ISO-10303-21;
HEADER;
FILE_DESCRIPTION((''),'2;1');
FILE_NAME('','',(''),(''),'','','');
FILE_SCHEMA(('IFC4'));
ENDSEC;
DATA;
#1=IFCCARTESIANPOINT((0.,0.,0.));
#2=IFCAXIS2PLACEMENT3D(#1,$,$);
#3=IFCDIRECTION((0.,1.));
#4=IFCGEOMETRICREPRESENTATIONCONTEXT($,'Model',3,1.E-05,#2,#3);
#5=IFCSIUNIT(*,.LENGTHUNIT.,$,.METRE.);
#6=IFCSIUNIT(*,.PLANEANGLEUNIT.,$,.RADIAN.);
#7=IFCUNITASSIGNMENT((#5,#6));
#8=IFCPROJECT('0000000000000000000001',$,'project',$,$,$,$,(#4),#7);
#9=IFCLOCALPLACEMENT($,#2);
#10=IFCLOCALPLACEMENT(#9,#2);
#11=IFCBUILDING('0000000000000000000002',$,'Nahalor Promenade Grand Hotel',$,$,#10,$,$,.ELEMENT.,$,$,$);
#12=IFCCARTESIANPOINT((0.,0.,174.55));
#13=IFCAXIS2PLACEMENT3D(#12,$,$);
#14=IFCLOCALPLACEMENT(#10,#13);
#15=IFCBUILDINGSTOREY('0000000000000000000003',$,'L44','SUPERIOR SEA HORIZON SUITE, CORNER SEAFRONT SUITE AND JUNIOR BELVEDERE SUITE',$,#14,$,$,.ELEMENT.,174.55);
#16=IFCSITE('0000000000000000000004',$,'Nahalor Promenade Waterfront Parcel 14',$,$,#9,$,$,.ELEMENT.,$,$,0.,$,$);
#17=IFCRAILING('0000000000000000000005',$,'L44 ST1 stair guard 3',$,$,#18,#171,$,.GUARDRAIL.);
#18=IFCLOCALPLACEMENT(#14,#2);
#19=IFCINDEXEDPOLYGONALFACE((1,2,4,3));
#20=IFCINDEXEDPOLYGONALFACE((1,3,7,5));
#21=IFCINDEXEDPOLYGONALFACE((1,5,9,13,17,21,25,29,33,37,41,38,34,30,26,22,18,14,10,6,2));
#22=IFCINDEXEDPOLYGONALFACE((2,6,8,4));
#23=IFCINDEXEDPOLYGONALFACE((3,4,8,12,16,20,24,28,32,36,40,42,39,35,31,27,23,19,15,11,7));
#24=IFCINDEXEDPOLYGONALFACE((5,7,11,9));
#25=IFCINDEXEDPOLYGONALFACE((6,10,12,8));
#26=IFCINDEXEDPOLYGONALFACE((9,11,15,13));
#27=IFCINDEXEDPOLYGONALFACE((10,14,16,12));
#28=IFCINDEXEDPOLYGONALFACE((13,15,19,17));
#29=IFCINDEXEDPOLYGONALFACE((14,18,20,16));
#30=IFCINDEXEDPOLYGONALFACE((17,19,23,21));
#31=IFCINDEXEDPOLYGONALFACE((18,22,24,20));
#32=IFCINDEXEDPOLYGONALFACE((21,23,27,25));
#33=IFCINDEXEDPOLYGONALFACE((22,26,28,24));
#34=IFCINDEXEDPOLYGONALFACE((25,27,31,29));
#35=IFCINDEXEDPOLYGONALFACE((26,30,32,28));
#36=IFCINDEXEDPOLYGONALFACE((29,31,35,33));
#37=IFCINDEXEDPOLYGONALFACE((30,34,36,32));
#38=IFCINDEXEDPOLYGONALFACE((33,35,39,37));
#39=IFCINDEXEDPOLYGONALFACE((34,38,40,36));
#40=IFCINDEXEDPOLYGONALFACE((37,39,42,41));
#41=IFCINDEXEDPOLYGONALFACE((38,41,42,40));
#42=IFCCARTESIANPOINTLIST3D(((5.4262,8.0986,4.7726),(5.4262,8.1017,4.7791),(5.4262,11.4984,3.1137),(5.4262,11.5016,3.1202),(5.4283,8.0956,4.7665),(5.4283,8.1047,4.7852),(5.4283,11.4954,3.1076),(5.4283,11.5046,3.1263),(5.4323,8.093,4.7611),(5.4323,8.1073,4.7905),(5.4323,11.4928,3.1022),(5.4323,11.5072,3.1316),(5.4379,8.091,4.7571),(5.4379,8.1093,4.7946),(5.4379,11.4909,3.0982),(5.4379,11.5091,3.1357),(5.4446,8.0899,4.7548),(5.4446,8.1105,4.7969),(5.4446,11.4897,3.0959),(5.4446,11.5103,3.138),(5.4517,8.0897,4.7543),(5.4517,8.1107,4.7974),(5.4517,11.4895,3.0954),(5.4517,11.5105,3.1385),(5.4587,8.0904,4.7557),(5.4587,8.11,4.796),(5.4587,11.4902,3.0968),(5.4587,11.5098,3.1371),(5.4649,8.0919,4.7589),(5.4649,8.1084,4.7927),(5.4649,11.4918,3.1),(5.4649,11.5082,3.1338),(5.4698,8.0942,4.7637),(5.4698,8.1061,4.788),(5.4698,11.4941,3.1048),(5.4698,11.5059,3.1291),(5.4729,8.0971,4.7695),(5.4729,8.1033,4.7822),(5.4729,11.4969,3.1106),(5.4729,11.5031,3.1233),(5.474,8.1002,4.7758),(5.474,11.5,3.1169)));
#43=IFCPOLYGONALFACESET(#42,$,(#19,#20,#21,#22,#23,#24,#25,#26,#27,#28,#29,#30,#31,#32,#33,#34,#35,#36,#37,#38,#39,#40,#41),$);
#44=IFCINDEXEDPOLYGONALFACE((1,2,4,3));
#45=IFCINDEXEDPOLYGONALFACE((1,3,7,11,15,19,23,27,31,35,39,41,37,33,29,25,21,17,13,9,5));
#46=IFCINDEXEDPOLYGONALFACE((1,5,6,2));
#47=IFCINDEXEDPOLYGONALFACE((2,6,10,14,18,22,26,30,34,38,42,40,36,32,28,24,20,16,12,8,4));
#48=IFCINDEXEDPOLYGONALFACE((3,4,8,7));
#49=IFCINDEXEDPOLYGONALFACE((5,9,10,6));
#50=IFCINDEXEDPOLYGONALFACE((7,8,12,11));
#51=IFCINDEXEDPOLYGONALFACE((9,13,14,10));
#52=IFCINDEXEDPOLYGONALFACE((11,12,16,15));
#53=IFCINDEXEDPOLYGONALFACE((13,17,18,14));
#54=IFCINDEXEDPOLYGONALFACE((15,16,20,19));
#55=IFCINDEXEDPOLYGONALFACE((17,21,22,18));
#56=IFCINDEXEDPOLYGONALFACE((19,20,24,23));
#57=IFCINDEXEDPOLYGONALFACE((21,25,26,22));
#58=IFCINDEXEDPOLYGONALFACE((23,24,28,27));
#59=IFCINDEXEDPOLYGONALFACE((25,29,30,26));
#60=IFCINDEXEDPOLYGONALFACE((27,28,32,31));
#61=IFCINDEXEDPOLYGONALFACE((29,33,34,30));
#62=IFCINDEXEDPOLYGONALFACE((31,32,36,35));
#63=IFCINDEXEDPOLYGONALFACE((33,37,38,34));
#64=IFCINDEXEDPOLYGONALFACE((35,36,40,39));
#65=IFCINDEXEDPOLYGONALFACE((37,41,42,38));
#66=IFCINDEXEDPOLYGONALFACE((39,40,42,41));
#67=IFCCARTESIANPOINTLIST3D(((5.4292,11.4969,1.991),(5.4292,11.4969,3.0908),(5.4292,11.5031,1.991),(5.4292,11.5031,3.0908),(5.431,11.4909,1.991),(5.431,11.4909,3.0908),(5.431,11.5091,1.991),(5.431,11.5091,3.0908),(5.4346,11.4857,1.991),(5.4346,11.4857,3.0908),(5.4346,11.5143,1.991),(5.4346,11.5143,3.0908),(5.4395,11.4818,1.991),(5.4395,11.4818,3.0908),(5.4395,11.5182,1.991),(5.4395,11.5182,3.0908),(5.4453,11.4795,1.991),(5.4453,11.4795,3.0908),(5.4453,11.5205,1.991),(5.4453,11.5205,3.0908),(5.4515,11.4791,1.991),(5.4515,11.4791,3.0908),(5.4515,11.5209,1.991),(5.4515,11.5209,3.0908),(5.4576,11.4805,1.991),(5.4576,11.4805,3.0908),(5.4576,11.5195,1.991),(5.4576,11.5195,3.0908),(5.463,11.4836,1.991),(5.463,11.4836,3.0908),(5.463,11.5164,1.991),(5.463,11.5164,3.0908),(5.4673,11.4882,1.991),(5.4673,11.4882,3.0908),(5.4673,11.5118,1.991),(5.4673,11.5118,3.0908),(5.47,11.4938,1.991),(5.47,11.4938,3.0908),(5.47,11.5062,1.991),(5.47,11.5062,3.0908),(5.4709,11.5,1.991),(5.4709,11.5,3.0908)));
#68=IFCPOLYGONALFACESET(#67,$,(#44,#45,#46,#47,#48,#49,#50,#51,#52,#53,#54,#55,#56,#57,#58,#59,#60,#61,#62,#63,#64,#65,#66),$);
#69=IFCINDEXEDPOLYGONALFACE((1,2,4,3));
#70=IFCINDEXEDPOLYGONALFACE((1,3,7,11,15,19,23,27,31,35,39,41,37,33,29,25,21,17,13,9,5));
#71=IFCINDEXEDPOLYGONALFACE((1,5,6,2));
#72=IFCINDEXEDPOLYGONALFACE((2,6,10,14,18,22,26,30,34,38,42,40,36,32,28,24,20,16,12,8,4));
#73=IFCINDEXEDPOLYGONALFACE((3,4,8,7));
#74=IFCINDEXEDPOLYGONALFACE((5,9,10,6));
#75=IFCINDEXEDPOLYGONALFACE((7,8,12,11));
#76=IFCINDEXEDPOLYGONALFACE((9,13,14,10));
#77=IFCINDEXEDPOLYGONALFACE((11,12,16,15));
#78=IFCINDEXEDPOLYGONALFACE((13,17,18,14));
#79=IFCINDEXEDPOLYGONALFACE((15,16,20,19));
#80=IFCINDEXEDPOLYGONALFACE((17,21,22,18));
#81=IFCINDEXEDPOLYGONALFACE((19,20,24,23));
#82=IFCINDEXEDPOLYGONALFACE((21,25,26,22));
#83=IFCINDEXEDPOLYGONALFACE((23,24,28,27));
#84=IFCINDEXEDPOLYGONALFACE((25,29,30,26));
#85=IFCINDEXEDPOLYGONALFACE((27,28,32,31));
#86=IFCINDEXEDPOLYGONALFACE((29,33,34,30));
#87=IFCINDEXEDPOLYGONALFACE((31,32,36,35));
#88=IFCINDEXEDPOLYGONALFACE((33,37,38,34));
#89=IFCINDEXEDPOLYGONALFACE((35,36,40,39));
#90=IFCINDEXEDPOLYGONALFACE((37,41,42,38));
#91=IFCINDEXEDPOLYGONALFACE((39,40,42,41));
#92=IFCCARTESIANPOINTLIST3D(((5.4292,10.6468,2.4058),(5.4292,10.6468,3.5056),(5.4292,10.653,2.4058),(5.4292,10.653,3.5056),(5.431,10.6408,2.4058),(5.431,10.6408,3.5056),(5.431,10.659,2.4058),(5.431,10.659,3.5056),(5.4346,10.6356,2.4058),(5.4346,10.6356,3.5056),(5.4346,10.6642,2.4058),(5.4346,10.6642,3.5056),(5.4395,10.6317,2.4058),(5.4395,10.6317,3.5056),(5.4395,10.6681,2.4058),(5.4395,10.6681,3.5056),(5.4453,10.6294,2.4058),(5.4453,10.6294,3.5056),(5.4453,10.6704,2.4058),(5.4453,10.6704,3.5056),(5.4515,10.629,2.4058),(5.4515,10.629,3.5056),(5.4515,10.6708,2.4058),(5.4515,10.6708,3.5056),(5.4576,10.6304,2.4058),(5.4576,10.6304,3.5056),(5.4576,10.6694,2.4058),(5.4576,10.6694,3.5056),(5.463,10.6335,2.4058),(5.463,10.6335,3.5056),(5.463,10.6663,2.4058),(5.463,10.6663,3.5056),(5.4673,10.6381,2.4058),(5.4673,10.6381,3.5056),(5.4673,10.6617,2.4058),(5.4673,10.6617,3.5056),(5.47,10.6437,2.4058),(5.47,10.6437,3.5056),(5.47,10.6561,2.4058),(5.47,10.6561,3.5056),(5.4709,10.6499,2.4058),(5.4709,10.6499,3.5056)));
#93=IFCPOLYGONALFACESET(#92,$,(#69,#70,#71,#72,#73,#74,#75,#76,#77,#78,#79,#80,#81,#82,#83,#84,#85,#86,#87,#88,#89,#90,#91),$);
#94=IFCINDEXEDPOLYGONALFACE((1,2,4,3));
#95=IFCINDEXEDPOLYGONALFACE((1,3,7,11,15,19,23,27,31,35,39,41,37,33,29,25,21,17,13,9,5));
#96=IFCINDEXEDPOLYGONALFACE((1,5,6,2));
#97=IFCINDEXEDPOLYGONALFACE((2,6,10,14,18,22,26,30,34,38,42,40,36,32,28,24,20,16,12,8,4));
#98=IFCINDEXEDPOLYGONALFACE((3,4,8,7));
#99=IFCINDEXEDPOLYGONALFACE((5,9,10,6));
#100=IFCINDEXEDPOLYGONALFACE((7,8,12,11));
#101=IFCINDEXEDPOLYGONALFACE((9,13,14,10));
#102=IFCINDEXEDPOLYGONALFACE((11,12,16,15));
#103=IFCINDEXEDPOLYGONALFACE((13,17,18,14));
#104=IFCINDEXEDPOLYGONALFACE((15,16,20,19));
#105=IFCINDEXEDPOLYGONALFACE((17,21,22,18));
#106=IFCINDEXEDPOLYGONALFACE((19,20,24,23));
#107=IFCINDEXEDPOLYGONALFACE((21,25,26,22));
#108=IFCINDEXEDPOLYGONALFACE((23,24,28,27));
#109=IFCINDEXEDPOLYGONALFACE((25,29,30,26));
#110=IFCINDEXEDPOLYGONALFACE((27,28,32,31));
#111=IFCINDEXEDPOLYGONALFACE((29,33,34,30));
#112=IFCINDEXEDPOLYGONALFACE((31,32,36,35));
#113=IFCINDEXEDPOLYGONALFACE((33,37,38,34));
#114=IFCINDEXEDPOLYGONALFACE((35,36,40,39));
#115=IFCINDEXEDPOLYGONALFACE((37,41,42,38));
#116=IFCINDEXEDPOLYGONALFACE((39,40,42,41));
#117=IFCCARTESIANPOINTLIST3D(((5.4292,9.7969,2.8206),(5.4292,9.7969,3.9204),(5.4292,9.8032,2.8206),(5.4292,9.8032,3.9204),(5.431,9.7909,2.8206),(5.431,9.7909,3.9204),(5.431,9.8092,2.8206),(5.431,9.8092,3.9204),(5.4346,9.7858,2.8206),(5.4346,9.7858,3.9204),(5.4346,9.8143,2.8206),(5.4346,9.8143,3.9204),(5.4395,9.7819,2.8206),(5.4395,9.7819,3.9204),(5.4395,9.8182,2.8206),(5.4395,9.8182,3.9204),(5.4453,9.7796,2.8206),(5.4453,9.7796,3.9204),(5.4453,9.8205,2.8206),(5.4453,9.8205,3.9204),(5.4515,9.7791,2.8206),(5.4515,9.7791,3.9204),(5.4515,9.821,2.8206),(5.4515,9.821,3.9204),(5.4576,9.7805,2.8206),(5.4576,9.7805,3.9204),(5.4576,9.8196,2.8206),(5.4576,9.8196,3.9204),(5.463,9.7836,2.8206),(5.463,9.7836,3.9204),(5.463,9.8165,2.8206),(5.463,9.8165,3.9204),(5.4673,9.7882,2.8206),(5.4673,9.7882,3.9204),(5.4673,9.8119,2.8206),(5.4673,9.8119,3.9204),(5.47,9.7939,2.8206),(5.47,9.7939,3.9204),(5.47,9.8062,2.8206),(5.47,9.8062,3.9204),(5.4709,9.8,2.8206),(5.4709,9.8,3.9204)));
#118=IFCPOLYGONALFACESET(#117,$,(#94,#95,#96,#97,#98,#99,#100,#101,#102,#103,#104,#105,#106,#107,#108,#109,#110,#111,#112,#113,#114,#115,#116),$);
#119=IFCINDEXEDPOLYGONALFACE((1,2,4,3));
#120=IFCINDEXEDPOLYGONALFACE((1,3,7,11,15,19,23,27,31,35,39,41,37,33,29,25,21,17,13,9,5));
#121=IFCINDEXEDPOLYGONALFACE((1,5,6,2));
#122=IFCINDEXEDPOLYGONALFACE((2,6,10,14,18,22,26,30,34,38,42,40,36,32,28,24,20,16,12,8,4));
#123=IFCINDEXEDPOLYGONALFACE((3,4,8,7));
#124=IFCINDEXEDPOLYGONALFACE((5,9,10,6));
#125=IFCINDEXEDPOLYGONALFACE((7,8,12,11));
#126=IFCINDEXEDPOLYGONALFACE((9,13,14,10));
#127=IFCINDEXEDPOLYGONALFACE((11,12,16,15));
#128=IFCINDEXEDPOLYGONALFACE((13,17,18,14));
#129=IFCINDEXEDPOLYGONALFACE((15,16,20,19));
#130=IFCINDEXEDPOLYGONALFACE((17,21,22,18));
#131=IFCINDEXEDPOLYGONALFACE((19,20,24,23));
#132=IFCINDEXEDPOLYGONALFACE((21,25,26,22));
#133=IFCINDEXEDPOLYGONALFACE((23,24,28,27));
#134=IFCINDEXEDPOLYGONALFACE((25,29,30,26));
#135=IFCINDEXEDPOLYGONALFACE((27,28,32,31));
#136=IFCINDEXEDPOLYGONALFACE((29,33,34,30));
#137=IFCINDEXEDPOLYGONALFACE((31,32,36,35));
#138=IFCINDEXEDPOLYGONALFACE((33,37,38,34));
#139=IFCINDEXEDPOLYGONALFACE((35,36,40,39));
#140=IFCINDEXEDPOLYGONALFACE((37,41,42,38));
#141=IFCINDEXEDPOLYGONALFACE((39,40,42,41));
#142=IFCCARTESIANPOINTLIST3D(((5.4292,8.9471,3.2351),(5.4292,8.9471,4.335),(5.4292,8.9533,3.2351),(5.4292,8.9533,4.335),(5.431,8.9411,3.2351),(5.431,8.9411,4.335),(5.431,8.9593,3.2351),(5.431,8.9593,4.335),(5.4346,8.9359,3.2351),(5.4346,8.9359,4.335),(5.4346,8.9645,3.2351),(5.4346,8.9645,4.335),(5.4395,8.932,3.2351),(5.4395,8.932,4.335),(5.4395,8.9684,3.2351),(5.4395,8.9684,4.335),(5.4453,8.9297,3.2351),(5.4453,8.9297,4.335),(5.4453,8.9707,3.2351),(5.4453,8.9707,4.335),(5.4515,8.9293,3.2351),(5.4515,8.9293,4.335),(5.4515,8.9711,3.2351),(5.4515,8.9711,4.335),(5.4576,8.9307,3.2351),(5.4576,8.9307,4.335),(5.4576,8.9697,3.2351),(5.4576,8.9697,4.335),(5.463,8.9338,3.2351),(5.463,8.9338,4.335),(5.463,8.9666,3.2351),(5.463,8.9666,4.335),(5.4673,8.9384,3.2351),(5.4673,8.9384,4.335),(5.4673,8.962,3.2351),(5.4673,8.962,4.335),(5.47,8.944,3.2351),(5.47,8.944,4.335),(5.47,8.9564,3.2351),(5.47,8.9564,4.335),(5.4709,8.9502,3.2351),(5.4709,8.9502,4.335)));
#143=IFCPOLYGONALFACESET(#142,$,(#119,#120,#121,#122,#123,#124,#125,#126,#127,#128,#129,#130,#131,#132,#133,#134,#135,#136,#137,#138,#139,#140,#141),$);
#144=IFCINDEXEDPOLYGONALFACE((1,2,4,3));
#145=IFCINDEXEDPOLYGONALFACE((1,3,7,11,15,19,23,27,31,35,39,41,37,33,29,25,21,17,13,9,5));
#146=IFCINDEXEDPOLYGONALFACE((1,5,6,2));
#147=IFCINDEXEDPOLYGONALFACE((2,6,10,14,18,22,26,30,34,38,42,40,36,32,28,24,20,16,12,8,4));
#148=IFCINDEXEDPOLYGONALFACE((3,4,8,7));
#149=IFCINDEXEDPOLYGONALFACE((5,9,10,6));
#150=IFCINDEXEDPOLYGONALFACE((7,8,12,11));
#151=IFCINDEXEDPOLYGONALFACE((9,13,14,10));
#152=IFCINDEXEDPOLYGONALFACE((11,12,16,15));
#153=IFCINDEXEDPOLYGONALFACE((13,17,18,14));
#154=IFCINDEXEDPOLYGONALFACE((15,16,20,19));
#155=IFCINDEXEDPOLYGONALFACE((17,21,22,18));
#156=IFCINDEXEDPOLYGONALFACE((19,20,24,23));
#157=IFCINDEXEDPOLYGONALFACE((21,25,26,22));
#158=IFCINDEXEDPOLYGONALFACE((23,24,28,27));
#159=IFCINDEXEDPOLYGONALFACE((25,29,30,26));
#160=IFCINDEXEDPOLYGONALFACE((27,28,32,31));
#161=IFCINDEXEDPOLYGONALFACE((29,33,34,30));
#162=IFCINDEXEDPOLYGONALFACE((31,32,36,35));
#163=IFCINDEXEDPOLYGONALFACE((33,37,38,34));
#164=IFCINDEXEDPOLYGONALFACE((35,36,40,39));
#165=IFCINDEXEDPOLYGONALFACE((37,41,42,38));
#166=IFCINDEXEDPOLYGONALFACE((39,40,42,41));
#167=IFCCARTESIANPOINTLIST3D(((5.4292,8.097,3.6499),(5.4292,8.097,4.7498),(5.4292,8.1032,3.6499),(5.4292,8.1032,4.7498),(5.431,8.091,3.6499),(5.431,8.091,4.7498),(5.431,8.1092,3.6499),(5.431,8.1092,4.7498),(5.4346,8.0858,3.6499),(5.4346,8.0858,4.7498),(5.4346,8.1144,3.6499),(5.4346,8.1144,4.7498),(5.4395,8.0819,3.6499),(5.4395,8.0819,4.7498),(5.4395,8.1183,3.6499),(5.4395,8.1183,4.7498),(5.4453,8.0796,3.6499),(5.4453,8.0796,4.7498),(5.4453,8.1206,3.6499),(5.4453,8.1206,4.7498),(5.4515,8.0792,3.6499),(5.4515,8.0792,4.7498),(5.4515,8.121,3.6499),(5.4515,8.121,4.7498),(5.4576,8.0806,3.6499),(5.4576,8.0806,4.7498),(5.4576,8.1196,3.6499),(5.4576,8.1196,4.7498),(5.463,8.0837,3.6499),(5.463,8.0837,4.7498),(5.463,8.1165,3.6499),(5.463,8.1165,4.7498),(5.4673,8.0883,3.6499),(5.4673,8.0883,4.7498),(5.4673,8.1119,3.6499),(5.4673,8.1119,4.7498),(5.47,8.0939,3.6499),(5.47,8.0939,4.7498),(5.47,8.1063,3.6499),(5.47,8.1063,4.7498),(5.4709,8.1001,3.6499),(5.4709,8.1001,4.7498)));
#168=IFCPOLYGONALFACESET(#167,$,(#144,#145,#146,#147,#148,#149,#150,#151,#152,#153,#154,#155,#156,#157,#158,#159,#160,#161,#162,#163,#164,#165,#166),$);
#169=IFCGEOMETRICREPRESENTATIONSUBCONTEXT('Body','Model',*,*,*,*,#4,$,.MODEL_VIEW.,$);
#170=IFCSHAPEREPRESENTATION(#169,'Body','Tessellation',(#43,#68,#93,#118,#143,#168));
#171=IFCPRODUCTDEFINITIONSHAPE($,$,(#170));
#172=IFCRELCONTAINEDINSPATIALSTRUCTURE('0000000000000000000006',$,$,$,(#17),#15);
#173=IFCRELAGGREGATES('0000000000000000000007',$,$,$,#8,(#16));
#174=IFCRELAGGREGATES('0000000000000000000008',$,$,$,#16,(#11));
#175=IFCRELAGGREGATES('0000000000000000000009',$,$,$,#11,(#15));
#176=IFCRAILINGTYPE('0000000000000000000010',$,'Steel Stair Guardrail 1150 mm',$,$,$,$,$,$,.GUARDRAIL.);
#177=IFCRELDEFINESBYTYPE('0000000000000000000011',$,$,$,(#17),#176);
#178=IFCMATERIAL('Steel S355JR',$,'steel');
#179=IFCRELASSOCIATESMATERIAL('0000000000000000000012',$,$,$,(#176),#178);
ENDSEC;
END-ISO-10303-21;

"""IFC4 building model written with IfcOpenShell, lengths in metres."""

from ifc_helpers import new_model, si_unit, direction, frame, origin, origin_2d, place, context, subcontext, project, spatial, circle, extrude, material, type_object, element, save


model = new_model("IFC4")

# Units and contexts
model_context = context("Model", 3, precision=1e-05, world=origin(), true_north=direction((0.0, 1.0)))
body_context = subcontext(model_context, "Body", "Model", "MODEL_VIEW")
ifc_project = project(units=[si_unit("LENGTHUNIT", "METRE"), si_unit("PLANEANGLEUNIT", "RADIAN")], contexts=[model_context])

# Site, building, storey
site_placement = place(None, origin())
site = spatial("IfcSite", under=ifc_project, at=site_placement, Name="Nahalor Promenade Waterfront Parcel 14", CompositionType="ELEMENT", RefElevation=0.0)
building_placement = place(site_placement, origin())
building = spatial("IfcBuilding", under=site, at=building_placement, Name="Nahalor Promenade Grand Hotel", CompositionType="ELEMENT")
storey_placement = place(building_placement, frame((0.0, 0.0, 174.55)))
storey = spatial("IfcBuildingStorey", under=building, at=storey_placement, Name="L44", Description="SUPERIOR SEA HORIZON SUITE, CORNER SEAFRONT SUITE AND JUNIOR BELVEDERE SUITE", CompositionType="ELEMENT", Elevation=174.55)

# Shared definitions
ifc_material_1 = material(Name="Steel S355JR", Category="steel")

# Railing
railing_type_1 = type_object("IfcRailingType", Name="Steel Stair Guardrail 1150 mm", PredefinedType="GUARDRAIL", material=ifc_material_1)
railing_1_placement = place(storey_placement, frame((5.45, 11.5, 1.991)))
element("IfcRailing", 1, at=railing_1_placement, inside=storey, type_object=railing_type_1, Name="L44 ST1 stair guard 3", PredefinedType="GUARDRAIL", context=body_context, shape_type="SweptSolid", body=[
    extrude(circle(Radius=0.024, at=origin_2d()), frame((0.0, 0.0, 1.126), z_axis=(0.0, -0.898722, 0.438519), x_axis=(1.0, 0.0, 0.0)), (0.0, 0.0, 1.0), 3.783),
    extrude(circle(Radius=0.021, at=origin_2d()), origin(), (0.0, 0.0, 1.0), 1.0999),
    extrude(circle(Radius=0.021, at=origin_2d()), frame((0.0, -0.8501, 0.4148)), (0.0, 0.0, 1.0), 1.0999),
    extrude(circle(Radius=0.021, at=origin_2d()), frame((0.0, -1.7, 0.8296)), (0.0, 0.0, 1.0), 1.0999),
    extrude(circle(Radius=0.021, at=origin_2d()), frame((0.0, -2.5498, 1.2441)), (0.0, 0.0, 1.0), 1.0999),
    extrude(circle(Radius=0.021, at=origin_2d()), frame((0.0, -3.3999, 1.6589)), (0.0, 0.0, 1.0), 1.0999),
])

save(model, "model.ifc")
